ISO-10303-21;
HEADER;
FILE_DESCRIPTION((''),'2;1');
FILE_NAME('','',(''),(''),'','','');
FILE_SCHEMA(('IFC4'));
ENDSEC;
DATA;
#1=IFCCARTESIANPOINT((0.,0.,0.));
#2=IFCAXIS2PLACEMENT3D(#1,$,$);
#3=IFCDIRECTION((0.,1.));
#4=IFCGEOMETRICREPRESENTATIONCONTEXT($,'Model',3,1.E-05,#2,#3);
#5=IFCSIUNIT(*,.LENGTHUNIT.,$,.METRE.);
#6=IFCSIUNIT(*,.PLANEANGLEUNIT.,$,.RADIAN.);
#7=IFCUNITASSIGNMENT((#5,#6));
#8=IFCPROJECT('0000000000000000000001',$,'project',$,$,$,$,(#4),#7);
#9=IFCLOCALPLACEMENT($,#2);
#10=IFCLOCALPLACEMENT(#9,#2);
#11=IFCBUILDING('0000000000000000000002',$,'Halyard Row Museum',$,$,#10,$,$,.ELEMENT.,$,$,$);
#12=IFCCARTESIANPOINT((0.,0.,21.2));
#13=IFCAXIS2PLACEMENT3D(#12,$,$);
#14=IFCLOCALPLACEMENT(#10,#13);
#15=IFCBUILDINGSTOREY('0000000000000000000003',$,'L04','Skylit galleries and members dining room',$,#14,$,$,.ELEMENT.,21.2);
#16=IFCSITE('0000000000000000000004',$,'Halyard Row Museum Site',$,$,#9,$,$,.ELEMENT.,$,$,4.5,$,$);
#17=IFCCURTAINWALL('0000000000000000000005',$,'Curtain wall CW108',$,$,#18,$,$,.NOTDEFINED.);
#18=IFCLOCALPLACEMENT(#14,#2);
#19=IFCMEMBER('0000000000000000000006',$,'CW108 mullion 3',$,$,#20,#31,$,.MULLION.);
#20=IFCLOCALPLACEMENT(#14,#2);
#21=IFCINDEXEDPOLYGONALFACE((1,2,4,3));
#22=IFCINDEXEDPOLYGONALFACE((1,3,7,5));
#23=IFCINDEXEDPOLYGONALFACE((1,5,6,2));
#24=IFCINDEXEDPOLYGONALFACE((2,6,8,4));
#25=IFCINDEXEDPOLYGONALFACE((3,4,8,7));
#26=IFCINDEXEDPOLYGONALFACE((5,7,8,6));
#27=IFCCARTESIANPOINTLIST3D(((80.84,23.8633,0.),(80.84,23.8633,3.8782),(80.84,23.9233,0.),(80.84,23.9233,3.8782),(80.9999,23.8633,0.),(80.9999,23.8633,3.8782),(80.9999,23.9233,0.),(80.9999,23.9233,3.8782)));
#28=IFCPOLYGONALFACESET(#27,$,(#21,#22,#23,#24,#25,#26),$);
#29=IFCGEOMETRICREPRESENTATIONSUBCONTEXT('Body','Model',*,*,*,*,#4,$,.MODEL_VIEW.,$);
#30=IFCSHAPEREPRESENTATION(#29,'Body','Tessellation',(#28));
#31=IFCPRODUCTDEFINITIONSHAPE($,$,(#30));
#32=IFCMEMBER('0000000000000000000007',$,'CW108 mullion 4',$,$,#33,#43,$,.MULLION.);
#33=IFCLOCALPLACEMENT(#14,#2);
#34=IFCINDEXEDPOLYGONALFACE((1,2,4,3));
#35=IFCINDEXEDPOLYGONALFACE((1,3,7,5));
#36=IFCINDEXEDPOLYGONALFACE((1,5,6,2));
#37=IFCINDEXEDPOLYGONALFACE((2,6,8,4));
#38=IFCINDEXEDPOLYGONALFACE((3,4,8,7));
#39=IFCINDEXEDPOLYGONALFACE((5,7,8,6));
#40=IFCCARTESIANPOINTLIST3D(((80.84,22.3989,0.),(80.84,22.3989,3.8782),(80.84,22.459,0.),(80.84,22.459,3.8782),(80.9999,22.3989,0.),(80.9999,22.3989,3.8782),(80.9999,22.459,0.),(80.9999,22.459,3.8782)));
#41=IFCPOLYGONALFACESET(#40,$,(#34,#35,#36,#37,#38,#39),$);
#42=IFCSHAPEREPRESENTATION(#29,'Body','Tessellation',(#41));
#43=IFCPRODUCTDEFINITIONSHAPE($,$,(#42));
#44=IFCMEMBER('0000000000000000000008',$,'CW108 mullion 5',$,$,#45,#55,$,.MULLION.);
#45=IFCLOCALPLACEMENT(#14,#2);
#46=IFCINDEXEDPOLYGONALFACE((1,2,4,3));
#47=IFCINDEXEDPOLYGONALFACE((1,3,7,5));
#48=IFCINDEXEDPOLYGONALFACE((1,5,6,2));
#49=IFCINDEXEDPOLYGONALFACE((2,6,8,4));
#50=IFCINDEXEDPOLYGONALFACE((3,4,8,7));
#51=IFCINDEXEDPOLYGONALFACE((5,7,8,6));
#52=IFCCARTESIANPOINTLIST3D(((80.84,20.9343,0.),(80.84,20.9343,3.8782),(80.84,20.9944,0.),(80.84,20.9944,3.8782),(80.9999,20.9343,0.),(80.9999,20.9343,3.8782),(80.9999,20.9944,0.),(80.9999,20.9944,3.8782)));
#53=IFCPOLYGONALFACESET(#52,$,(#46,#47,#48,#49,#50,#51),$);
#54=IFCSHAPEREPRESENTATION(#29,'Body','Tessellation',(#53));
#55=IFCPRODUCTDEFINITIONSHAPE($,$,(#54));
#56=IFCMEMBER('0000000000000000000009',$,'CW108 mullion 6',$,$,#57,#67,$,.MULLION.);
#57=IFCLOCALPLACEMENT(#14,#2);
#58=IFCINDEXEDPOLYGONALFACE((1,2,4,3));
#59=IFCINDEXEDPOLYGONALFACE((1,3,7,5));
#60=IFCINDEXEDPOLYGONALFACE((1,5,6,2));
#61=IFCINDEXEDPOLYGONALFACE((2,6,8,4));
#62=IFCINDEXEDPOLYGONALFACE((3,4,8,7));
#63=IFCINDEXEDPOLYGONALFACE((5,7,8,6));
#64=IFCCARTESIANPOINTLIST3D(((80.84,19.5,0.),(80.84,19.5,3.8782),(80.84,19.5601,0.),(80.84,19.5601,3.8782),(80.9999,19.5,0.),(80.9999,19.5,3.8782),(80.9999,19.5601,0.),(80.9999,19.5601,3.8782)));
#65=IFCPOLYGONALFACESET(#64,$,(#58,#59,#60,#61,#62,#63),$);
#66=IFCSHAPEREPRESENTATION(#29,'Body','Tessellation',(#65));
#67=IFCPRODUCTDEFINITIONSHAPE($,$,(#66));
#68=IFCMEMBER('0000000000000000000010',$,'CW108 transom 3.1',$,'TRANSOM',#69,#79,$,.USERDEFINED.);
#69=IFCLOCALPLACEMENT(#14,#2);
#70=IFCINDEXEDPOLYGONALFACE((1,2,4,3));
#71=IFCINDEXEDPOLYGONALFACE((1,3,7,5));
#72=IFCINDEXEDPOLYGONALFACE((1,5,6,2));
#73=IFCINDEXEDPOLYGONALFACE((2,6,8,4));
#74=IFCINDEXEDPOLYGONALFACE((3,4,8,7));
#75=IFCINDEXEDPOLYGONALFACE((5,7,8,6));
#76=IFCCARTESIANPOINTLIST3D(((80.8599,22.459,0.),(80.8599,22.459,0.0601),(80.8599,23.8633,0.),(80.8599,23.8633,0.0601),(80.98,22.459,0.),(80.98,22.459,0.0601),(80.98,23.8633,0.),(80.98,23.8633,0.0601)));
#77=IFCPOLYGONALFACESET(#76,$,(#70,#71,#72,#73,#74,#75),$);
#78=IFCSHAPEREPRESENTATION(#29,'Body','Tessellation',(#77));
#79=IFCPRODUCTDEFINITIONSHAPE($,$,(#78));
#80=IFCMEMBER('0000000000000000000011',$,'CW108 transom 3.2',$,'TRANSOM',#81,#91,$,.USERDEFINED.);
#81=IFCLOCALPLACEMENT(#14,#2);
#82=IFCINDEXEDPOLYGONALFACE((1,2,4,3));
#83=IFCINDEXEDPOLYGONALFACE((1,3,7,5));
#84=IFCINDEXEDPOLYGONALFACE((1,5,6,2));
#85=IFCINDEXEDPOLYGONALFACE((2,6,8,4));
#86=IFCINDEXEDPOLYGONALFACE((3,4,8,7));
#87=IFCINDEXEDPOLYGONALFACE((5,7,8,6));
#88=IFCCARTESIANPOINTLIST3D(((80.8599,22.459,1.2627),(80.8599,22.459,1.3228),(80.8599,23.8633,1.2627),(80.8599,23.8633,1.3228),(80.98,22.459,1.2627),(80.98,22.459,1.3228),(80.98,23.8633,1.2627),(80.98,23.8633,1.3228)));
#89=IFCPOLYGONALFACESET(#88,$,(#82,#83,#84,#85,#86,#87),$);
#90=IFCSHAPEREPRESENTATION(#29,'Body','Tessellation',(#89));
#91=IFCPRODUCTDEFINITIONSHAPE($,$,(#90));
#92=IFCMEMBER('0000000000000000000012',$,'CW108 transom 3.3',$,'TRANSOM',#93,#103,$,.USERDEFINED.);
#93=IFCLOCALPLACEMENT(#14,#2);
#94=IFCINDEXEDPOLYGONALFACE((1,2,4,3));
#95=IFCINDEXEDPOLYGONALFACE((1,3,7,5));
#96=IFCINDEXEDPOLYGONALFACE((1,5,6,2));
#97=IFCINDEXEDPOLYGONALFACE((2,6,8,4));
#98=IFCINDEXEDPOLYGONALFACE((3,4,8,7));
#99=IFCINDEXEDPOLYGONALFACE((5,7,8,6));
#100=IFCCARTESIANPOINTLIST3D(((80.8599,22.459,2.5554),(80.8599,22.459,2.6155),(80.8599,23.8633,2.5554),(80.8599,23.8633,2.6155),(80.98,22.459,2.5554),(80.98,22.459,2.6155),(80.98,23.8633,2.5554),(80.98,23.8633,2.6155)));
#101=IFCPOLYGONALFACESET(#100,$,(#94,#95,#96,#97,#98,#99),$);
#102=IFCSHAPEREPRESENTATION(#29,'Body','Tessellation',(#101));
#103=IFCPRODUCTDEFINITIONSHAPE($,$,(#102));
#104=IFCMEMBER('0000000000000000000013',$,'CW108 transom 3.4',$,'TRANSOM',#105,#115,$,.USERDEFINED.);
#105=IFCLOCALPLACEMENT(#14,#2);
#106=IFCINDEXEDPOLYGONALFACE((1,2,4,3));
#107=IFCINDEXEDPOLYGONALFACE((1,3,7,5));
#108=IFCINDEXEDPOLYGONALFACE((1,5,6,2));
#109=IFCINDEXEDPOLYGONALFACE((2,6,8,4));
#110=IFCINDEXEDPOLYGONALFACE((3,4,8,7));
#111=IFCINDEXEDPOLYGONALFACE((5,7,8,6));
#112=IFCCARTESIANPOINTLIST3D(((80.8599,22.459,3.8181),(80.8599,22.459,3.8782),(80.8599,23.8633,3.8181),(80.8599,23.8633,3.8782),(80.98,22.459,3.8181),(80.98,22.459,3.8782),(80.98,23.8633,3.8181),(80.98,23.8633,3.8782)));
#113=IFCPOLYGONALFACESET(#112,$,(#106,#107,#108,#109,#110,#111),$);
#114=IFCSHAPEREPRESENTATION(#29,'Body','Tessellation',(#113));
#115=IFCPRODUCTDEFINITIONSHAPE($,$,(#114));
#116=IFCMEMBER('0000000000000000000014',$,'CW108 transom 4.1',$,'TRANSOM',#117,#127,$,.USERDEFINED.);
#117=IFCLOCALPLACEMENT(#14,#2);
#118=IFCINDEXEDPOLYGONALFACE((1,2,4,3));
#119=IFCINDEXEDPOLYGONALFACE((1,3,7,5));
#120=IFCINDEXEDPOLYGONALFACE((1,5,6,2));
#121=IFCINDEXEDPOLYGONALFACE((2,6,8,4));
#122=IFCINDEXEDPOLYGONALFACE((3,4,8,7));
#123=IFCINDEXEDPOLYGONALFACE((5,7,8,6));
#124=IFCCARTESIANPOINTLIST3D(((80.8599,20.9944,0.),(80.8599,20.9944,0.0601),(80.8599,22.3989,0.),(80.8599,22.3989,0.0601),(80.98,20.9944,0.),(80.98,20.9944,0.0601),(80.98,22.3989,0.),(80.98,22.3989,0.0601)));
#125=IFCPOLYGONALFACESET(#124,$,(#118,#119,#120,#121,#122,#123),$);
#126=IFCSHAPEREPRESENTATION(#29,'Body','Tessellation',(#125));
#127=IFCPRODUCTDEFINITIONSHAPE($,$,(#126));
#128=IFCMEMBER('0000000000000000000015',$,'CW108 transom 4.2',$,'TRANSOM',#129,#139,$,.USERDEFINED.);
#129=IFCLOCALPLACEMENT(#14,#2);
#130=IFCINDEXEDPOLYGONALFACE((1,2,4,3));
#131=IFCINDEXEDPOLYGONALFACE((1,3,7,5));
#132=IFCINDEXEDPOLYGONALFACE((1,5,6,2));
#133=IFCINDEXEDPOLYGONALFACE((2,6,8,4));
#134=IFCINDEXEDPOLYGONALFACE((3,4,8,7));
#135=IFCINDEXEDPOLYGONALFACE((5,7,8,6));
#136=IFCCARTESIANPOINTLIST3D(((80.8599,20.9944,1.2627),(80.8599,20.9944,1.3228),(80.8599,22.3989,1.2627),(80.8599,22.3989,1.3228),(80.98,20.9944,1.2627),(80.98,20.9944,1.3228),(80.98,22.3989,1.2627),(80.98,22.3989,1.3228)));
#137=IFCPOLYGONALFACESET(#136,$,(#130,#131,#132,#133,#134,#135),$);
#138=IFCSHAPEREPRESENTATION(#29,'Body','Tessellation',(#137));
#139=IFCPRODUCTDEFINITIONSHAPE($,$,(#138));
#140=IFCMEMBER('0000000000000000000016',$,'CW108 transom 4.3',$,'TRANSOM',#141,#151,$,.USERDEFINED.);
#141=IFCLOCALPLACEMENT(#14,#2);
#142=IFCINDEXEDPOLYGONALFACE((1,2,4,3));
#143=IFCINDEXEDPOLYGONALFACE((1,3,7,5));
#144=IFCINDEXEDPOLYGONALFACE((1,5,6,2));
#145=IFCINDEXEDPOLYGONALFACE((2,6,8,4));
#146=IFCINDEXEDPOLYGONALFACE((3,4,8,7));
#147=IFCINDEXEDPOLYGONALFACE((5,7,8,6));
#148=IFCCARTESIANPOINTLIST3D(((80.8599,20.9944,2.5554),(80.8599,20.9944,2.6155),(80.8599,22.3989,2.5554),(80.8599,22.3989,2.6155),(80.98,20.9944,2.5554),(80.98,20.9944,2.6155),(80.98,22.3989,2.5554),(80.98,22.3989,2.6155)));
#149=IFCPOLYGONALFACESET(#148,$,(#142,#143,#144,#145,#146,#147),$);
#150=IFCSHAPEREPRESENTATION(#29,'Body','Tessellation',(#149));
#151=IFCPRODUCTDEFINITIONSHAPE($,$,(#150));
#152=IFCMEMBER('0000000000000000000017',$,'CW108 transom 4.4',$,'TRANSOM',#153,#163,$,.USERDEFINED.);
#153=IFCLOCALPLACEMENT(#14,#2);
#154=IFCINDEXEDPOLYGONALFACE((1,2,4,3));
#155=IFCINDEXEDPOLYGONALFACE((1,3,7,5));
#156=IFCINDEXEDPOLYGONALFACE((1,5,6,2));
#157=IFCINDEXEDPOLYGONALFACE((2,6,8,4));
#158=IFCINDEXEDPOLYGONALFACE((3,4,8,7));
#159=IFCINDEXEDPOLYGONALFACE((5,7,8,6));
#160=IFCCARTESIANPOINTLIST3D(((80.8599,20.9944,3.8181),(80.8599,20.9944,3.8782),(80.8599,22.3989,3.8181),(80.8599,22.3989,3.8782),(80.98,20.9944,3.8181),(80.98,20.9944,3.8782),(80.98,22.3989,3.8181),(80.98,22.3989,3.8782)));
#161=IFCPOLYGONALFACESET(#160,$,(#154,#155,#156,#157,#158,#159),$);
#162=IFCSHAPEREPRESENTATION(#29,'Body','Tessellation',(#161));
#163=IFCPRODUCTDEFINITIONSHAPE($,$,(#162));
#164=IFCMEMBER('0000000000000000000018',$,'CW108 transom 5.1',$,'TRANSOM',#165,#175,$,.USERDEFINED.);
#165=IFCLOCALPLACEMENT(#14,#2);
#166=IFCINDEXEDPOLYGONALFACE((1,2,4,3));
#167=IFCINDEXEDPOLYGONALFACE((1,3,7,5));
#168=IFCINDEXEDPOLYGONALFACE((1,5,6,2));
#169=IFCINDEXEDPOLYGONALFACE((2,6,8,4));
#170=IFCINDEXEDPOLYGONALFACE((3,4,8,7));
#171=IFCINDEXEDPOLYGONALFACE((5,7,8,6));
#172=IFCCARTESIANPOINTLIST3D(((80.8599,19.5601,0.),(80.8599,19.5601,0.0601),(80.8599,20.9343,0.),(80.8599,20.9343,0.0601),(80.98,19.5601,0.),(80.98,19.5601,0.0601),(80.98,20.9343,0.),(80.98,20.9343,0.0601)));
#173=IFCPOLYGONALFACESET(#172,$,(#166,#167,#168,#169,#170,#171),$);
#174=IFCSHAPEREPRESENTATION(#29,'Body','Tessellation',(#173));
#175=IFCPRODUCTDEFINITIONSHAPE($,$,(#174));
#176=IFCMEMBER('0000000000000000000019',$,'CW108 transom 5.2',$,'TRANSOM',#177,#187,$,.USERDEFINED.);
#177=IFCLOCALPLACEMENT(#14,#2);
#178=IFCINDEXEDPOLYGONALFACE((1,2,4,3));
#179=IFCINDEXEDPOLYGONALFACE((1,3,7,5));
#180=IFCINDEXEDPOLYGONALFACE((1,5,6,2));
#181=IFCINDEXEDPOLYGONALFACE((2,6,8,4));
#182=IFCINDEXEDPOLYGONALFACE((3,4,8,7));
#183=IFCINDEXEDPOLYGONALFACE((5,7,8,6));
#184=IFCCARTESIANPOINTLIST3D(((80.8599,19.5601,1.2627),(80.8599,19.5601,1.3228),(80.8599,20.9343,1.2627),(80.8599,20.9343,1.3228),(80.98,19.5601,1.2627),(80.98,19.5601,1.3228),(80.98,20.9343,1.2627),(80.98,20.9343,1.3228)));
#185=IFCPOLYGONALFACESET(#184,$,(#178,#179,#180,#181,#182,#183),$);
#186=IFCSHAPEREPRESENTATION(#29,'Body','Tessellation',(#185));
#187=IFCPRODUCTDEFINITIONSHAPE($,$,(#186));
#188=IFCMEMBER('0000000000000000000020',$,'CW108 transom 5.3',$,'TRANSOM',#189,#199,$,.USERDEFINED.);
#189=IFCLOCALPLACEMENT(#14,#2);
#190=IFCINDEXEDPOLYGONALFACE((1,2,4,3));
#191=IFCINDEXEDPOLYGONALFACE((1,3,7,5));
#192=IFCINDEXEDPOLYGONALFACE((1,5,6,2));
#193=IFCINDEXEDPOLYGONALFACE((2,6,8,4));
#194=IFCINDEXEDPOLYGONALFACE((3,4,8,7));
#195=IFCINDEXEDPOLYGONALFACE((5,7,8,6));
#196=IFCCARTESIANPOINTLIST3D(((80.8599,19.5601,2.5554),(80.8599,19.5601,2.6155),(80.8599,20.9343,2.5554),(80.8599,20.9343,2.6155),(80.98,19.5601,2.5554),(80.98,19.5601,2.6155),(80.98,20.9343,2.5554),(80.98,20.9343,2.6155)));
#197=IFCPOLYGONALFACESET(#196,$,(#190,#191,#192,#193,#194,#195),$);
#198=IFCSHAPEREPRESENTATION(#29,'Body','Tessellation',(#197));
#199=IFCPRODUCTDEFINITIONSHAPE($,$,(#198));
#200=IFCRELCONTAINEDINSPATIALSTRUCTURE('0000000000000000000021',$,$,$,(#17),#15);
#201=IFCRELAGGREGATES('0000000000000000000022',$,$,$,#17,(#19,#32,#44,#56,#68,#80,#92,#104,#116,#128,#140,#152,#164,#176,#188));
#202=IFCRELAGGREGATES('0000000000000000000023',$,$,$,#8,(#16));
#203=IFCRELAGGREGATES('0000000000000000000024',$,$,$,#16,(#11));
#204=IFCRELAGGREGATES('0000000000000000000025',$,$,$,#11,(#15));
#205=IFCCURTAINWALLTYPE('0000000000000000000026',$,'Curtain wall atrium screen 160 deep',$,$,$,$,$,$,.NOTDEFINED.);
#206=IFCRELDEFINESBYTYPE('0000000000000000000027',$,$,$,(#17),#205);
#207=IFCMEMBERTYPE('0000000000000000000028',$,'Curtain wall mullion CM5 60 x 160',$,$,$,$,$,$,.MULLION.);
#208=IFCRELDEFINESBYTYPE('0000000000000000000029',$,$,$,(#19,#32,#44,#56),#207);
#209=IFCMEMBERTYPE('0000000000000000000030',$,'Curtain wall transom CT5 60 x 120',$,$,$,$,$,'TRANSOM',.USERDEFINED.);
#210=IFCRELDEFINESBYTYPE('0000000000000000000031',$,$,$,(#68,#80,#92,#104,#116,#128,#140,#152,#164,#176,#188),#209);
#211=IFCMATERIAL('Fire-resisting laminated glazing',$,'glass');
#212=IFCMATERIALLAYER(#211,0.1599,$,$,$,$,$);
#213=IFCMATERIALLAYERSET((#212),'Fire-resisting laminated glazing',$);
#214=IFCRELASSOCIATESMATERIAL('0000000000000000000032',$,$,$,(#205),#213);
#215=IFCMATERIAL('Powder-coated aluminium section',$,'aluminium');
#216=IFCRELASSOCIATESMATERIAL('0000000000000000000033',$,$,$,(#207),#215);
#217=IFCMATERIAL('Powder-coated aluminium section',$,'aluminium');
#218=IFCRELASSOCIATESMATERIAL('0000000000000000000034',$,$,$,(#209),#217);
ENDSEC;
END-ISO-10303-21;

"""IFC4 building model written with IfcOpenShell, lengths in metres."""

from ifc_helpers import new_model, si_unit, direction, frame, origin, origin_2d, place, context, subcontext, project, spatial, rectangle, extrude, material, layer, layer_set, material_profile, profile_set, type_object, element, aggregate, save


model = new_model("IFC4")

# Units and contexts
model_context = context("Model", 3, precision=1e-05, world=origin(), true_north=direction((0.0, 1.0)))
body_context = subcontext(model_context, "Body", "Model", "MODEL_VIEW")
ifc_project = project(units=[si_unit("LENGTHUNIT", "METRE"), si_unit("PLANEANGLEUNIT", "RADIAN")], contexts=[model_context])

# Site, building, storey
site_placement = place(None, origin())
site = spatial("IfcSite", under=ifc_project, at=site_placement, Name="Halyard Row Museum Site", CompositionType="ELEMENT", RefElevation=4.5)
building_placement = place(site_placement, origin())
building = spatial("IfcBuilding", under=site, at=building_placement, Name="Halyard Row Museum", CompositionType="ELEMENT")
storey_placement = place(building_placement, frame((0.0, 0.0, 21.2)))
storey = spatial("IfcBuildingStorey", under=building, at=storey_placement, Name="L04", Description="Skylit galleries and members dining room", CompositionType="ELEMENT", Elevation=21.2)

# Curtain wall, members
ifc_material_1 = material(Name="Fire-resisting laminated glazing", Category="glass")
ifc_layer_1 = layer(ifc_material_1, 0.1599)
ifc_layer_set_1 = layer_set([ifc_layer_1], Name="Fire-resisting laminated glazing")
curtain_wall_type = type_object("IfcCurtainWallType", Name="Curtain wall atrium screen 160 deep", PredefinedType="NOTDEFINED", material=ifc_layer_set_1)
curtain_wall_placement = place(storey_placement, origin())
curtain_wall = element("IfcCurtainWall", 1, at=curtain_wall_placement, inside=storey, type_object=curtain_wall_type, Name="Curtain wall CW108", PredefinedType="NOTDEFINED")
ifc_material_2 = material(Name="Powder-coated aluminium section", Category="aluminium")
ifc_material_profile_1 = material_profile(ifc_material_2, rectangle(XDim=0.1599, YDim=0.0601, at=origin_2d()), Name="160x60 mullion")
ifc_profile_set_1 = profile_set([ifc_material_profile_1], Name="Powder-coated aluminium section")
member_type_1 = type_object("IfcMemberType", Name="Curtain wall mullion CM5 60 x 160", PredefinedType="MULLION", material=ifc_profile_set_1)
member_1_placement = place(storey_placement, frame((80.9199, 23.8933, 0.0), z_axis=(0.0, 0.0, 1.0), x_axis=(1.0, 0.0, 0.0)))
member_1 = element("IfcMember", 2, at=member_1_placement, type_object=member_type_1, Name="CW108 mullion 3", PredefinedType="MULLION", context=body_context, shape_type="SweptSolid", body=[
    extrude(rectangle(XDim=0.1599, YDim=0.0601, at=origin_2d()), origin(), (0.0, 0.0, 1.0), 3.8782),
])
member_2_placement = place(storey_placement, frame((80.9199, 22.429, 0.0), z_axis=(0.0, 0.0, 1.0), x_axis=(1.0, 0.0, 0.0)))
member_2 = element("IfcMember", 3, at=member_2_placement, type_object=member_type_1, Name="CW108 mullion 4", PredefinedType="MULLION", context=body_context, shape_type="SweptSolid", body=[
    extrude(rectangle(XDim=0.1599, YDim=0.0601, at=origin_2d()), origin(), (0.0, 0.0, 1.0), 3.8782),
])
member_3_placement = place(storey_placement, frame((80.9199, 20.9644, 0.0), z_axis=(0.0, 0.0, 1.0), x_axis=(1.0, 0.0, 0.0)))
member_3 = element("IfcMember", 4, at=member_3_placement, type_object=member_type_1, Name="CW108 mullion 5", PredefinedType="MULLION", context=body_context, shape_type="SweptSolid", body=[
    extrude(rectangle(XDim=0.1599, YDim=0.0601, at=origin_2d()), origin(), (0.0, 0.0, 1.0), 3.8782),
])
member_4_placement = place(storey_placement, frame((80.9199, 19.53, 0.0), z_axis=(0.0, 0.0, 1.0), x_axis=(1.0, 0.0, 0.0)))
member_4 = element("IfcMember", 5, at=member_4_placement, type_object=member_type_1, Name="CW108 mullion 6", PredefinedType="MULLION", context=body_context, shape_type="SweptSolid", body=[
    extrude(rectangle(XDim=0.1599, YDim=0.0601, at=origin_2d()), origin(), (0.0, 0.0, 1.0), 3.8782),
])
ifc_material_3 = material(Name="Powder-coated aluminium section", Category="aluminium")
ifc_material_profile_2 = material_profile(ifc_material_3, rectangle(XDim=0.1201, YDim=0.0601, at=origin_2d()), Name="120x60 transom")
ifc_profile_set_2 = profile_set([ifc_material_profile_2], Name="Powder-coated aluminium section")
member_type_2 = type_object("IfcMemberType", Name="Curtain wall transom CT5 60 x 120", ElementType="TRANSOM", PredefinedType="USERDEFINED", material=ifc_profile_set_2)
member_5_placement = place(storey_placement, frame((80.9199, 23.8633, 0.03), z_axis=(0.0, -1.0, 0.0), x_axis=(1.0, 0.0, 0.0)))
member_5 = element("IfcMember", 6, at=member_5_placement, type_object=member_type_2, Name="CW108 transom 3.1", ObjectType="TRANSOM", PredefinedType="USERDEFINED", context=body_context, shape_type="SweptSolid", body=[
    extrude(rectangle(XDim=0.1201, YDim=0.0601, at=origin_2d()), origin(), (0.0, 0.0, 1.0), 1.4043),
])
member_6_placement = place(storey_placement, frame((80.9199, 23.8633, 1.2927), z_axis=(0.0, -1.0, 0.0), x_axis=(1.0, 0.0, 0.0)))
member_6 = element("IfcMember", 7, at=member_6_placement, type_object=member_type_2, Name="CW108 transom 3.2", ObjectType="TRANSOM", PredefinedType="USERDEFINED", context=body_context, shape_type="SweptSolid", body=[
    extrude(rectangle(XDim=0.1201, YDim=0.0601, at=origin_2d()), origin(), (0.0, 0.0, 1.0), 1.4043),
])
member_7_placement = place(storey_placement, frame((80.9199, 23.8633, 2.5854), z_axis=(0.0, -1.0, 0.0), x_axis=(1.0, 0.0, 0.0)))
member_7 = element("IfcMember", 8, at=member_7_placement, type_object=member_type_2, Name="CW108 transom 3.3", ObjectType="TRANSOM", PredefinedType="USERDEFINED", context=body_context, shape_type="SweptSolid", body=[
    extrude(rectangle(XDim=0.1201, YDim=0.0601, at=origin_2d()), origin(), (0.0, 0.0, 1.0), 1.4043),
])
member_8_placement = place(storey_placement, frame((80.9199, 23.8633, 3.8481), z_axis=(0.0, -1.0, 0.0), x_axis=(1.0, 0.0, 0.0)))
member_8 = element("IfcMember", 9, at=member_8_placement, type_object=member_type_2, Name="CW108 transom 3.4", ObjectType="TRANSOM", PredefinedType="USERDEFINED", context=body_context, shape_type="SweptSolid", body=[
    extrude(rectangle(XDim=0.1201, YDim=0.0601, at=origin_2d()), origin(), (0.0, 0.0, 1.0), 1.4043),
])
member_9_placement = place(storey_placement, frame((80.9199, 22.3989, 0.03), z_axis=(0.0, -1.0, 0.0), x_axis=(1.0, 0.0, 0.0)))
member_9 = element("IfcMember", 10, at=member_9_placement, type_object=member_type_2, Name="CW108 transom 4.1", ObjectType="TRANSOM", PredefinedType="USERDEFINED", context=body_context, shape_type="SweptSolid", body=[
    extrude(rectangle(XDim=0.1201, YDim=0.0601, at=origin_2d()), origin(), (0.0, 0.0, 1.0), 1.4045),
])
member_10_placement = place(storey_placement, frame((80.9199, 22.3989, 1.2927), z_axis=(0.0, -1.0, 0.0), x_axis=(1.0, 0.0, 0.0)))
member_10 = element("IfcMember", 11, at=member_10_placement, type_object=member_type_2, Name="CW108 transom 4.2", ObjectType="TRANSOM", PredefinedType="USERDEFINED", context=body_context, shape_type="SweptSolid", body=[
    extrude(rectangle(XDim=0.1201, YDim=0.0601, at=origin_2d()), origin(), (0.0, 0.0, 1.0), 1.4045),
])
member_11_placement = place(storey_placement, frame((80.9199, 22.3989, 2.5854), z_axis=(0.0, -1.0, 0.0), x_axis=(1.0, 0.0, 0.0)))
member_11 = element("IfcMember", 12, at=member_11_placement, type_object=member_type_2, Name="CW108 transom 4.3", ObjectType="TRANSOM", PredefinedType="USERDEFINED", context=body_context, shape_type="SweptSolid", body=[
    extrude(rectangle(XDim=0.1201, YDim=0.0601, at=origin_2d()), origin(), (0.0, 0.0, 1.0), 1.4045),
])
member_12_placement = place(storey_placement, frame((80.9199, 22.3989, 3.8481), z_axis=(0.0, -1.0, 0.0), x_axis=(1.0, 0.0, 0.0)))
member_12 = element("IfcMember", 13, at=member_12_placement, type_object=member_type_2, Name="CW108 transom 4.4", ObjectType="TRANSOM", PredefinedType="USERDEFINED", context=body_context, shape_type="SweptSolid", body=[
    extrude(rectangle(XDim=0.1201, YDim=0.0601, at=origin_2d()), origin(), (0.0, 0.0, 1.0), 1.4045),
])
member_13_placement = place(storey_placement, frame((80.9199, 20.9343, 0.03), z_axis=(0.0, -1.0, 0.0), x_axis=(1.0, 0.0, 0.0)))
member_13 = element("IfcMember", 14, at=member_13_placement, type_object=member_type_2, Name="CW108 transom 5.1", ObjectType="TRANSOM", PredefinedType="USERDEFINED", context=body_context, shape_type="SweptSolid", body=[
    extrude(rectangle(XDim=0.1201, YDim=0.0601, at=origin_2d()), origin(), (0.0, 0.0, 1.0), 1.3743),
])
member_14_placement = place(storey_placement, frame((80.9199, 20.9343, 1.2927), z_axis=(0.0, -1.0, 0.0), x_axis=(1.0, 0.0, 0.0)))
member_14 = element("IfcMember", 15, at=member_14_placement, type_object=member_type_2, Name="CW108 transom 5.2", ObjectType="TRANSOM", PredefinedType="USERDEFINED", context=body_context, shape_type="SweptSolid", body=[
    extrude(rectangle(XDim=0.1201, YDim=0.0601, at=origin_2d()), origin(), (0.0, 0.0, 1.0), 1.3743),
])
member_15_placement = place(storey_placement, frame((80.9199, 20.9343, 2.5854), z_axis=(0.0, -1.0, 0.0), x_axis=(1.0, 0.0, 0.0)))
member_15 = element("IfcMember", 16, at=member_15_placement, type_object=member_type_2, Name="CW108 transom 5.3", ObjectType="TRANSOM", PredefinedType="USERDEFINED", context=body_context, shape_type="SweptSolid", body=[
    extrude(rectangle(XDim=0.1201, YDim=0.0601, at=origin_2d()), origin(), (0.0, 0.0, 1.0), 1.3743),
])

aggregate(curtain_wall, [member_1, member_2, member_3, member_4, member_5, member_6, member_7, member_8, member_9, member_10, member_11, member_12, member_13, member_14, member_15])

save(model, "model.ifc")
